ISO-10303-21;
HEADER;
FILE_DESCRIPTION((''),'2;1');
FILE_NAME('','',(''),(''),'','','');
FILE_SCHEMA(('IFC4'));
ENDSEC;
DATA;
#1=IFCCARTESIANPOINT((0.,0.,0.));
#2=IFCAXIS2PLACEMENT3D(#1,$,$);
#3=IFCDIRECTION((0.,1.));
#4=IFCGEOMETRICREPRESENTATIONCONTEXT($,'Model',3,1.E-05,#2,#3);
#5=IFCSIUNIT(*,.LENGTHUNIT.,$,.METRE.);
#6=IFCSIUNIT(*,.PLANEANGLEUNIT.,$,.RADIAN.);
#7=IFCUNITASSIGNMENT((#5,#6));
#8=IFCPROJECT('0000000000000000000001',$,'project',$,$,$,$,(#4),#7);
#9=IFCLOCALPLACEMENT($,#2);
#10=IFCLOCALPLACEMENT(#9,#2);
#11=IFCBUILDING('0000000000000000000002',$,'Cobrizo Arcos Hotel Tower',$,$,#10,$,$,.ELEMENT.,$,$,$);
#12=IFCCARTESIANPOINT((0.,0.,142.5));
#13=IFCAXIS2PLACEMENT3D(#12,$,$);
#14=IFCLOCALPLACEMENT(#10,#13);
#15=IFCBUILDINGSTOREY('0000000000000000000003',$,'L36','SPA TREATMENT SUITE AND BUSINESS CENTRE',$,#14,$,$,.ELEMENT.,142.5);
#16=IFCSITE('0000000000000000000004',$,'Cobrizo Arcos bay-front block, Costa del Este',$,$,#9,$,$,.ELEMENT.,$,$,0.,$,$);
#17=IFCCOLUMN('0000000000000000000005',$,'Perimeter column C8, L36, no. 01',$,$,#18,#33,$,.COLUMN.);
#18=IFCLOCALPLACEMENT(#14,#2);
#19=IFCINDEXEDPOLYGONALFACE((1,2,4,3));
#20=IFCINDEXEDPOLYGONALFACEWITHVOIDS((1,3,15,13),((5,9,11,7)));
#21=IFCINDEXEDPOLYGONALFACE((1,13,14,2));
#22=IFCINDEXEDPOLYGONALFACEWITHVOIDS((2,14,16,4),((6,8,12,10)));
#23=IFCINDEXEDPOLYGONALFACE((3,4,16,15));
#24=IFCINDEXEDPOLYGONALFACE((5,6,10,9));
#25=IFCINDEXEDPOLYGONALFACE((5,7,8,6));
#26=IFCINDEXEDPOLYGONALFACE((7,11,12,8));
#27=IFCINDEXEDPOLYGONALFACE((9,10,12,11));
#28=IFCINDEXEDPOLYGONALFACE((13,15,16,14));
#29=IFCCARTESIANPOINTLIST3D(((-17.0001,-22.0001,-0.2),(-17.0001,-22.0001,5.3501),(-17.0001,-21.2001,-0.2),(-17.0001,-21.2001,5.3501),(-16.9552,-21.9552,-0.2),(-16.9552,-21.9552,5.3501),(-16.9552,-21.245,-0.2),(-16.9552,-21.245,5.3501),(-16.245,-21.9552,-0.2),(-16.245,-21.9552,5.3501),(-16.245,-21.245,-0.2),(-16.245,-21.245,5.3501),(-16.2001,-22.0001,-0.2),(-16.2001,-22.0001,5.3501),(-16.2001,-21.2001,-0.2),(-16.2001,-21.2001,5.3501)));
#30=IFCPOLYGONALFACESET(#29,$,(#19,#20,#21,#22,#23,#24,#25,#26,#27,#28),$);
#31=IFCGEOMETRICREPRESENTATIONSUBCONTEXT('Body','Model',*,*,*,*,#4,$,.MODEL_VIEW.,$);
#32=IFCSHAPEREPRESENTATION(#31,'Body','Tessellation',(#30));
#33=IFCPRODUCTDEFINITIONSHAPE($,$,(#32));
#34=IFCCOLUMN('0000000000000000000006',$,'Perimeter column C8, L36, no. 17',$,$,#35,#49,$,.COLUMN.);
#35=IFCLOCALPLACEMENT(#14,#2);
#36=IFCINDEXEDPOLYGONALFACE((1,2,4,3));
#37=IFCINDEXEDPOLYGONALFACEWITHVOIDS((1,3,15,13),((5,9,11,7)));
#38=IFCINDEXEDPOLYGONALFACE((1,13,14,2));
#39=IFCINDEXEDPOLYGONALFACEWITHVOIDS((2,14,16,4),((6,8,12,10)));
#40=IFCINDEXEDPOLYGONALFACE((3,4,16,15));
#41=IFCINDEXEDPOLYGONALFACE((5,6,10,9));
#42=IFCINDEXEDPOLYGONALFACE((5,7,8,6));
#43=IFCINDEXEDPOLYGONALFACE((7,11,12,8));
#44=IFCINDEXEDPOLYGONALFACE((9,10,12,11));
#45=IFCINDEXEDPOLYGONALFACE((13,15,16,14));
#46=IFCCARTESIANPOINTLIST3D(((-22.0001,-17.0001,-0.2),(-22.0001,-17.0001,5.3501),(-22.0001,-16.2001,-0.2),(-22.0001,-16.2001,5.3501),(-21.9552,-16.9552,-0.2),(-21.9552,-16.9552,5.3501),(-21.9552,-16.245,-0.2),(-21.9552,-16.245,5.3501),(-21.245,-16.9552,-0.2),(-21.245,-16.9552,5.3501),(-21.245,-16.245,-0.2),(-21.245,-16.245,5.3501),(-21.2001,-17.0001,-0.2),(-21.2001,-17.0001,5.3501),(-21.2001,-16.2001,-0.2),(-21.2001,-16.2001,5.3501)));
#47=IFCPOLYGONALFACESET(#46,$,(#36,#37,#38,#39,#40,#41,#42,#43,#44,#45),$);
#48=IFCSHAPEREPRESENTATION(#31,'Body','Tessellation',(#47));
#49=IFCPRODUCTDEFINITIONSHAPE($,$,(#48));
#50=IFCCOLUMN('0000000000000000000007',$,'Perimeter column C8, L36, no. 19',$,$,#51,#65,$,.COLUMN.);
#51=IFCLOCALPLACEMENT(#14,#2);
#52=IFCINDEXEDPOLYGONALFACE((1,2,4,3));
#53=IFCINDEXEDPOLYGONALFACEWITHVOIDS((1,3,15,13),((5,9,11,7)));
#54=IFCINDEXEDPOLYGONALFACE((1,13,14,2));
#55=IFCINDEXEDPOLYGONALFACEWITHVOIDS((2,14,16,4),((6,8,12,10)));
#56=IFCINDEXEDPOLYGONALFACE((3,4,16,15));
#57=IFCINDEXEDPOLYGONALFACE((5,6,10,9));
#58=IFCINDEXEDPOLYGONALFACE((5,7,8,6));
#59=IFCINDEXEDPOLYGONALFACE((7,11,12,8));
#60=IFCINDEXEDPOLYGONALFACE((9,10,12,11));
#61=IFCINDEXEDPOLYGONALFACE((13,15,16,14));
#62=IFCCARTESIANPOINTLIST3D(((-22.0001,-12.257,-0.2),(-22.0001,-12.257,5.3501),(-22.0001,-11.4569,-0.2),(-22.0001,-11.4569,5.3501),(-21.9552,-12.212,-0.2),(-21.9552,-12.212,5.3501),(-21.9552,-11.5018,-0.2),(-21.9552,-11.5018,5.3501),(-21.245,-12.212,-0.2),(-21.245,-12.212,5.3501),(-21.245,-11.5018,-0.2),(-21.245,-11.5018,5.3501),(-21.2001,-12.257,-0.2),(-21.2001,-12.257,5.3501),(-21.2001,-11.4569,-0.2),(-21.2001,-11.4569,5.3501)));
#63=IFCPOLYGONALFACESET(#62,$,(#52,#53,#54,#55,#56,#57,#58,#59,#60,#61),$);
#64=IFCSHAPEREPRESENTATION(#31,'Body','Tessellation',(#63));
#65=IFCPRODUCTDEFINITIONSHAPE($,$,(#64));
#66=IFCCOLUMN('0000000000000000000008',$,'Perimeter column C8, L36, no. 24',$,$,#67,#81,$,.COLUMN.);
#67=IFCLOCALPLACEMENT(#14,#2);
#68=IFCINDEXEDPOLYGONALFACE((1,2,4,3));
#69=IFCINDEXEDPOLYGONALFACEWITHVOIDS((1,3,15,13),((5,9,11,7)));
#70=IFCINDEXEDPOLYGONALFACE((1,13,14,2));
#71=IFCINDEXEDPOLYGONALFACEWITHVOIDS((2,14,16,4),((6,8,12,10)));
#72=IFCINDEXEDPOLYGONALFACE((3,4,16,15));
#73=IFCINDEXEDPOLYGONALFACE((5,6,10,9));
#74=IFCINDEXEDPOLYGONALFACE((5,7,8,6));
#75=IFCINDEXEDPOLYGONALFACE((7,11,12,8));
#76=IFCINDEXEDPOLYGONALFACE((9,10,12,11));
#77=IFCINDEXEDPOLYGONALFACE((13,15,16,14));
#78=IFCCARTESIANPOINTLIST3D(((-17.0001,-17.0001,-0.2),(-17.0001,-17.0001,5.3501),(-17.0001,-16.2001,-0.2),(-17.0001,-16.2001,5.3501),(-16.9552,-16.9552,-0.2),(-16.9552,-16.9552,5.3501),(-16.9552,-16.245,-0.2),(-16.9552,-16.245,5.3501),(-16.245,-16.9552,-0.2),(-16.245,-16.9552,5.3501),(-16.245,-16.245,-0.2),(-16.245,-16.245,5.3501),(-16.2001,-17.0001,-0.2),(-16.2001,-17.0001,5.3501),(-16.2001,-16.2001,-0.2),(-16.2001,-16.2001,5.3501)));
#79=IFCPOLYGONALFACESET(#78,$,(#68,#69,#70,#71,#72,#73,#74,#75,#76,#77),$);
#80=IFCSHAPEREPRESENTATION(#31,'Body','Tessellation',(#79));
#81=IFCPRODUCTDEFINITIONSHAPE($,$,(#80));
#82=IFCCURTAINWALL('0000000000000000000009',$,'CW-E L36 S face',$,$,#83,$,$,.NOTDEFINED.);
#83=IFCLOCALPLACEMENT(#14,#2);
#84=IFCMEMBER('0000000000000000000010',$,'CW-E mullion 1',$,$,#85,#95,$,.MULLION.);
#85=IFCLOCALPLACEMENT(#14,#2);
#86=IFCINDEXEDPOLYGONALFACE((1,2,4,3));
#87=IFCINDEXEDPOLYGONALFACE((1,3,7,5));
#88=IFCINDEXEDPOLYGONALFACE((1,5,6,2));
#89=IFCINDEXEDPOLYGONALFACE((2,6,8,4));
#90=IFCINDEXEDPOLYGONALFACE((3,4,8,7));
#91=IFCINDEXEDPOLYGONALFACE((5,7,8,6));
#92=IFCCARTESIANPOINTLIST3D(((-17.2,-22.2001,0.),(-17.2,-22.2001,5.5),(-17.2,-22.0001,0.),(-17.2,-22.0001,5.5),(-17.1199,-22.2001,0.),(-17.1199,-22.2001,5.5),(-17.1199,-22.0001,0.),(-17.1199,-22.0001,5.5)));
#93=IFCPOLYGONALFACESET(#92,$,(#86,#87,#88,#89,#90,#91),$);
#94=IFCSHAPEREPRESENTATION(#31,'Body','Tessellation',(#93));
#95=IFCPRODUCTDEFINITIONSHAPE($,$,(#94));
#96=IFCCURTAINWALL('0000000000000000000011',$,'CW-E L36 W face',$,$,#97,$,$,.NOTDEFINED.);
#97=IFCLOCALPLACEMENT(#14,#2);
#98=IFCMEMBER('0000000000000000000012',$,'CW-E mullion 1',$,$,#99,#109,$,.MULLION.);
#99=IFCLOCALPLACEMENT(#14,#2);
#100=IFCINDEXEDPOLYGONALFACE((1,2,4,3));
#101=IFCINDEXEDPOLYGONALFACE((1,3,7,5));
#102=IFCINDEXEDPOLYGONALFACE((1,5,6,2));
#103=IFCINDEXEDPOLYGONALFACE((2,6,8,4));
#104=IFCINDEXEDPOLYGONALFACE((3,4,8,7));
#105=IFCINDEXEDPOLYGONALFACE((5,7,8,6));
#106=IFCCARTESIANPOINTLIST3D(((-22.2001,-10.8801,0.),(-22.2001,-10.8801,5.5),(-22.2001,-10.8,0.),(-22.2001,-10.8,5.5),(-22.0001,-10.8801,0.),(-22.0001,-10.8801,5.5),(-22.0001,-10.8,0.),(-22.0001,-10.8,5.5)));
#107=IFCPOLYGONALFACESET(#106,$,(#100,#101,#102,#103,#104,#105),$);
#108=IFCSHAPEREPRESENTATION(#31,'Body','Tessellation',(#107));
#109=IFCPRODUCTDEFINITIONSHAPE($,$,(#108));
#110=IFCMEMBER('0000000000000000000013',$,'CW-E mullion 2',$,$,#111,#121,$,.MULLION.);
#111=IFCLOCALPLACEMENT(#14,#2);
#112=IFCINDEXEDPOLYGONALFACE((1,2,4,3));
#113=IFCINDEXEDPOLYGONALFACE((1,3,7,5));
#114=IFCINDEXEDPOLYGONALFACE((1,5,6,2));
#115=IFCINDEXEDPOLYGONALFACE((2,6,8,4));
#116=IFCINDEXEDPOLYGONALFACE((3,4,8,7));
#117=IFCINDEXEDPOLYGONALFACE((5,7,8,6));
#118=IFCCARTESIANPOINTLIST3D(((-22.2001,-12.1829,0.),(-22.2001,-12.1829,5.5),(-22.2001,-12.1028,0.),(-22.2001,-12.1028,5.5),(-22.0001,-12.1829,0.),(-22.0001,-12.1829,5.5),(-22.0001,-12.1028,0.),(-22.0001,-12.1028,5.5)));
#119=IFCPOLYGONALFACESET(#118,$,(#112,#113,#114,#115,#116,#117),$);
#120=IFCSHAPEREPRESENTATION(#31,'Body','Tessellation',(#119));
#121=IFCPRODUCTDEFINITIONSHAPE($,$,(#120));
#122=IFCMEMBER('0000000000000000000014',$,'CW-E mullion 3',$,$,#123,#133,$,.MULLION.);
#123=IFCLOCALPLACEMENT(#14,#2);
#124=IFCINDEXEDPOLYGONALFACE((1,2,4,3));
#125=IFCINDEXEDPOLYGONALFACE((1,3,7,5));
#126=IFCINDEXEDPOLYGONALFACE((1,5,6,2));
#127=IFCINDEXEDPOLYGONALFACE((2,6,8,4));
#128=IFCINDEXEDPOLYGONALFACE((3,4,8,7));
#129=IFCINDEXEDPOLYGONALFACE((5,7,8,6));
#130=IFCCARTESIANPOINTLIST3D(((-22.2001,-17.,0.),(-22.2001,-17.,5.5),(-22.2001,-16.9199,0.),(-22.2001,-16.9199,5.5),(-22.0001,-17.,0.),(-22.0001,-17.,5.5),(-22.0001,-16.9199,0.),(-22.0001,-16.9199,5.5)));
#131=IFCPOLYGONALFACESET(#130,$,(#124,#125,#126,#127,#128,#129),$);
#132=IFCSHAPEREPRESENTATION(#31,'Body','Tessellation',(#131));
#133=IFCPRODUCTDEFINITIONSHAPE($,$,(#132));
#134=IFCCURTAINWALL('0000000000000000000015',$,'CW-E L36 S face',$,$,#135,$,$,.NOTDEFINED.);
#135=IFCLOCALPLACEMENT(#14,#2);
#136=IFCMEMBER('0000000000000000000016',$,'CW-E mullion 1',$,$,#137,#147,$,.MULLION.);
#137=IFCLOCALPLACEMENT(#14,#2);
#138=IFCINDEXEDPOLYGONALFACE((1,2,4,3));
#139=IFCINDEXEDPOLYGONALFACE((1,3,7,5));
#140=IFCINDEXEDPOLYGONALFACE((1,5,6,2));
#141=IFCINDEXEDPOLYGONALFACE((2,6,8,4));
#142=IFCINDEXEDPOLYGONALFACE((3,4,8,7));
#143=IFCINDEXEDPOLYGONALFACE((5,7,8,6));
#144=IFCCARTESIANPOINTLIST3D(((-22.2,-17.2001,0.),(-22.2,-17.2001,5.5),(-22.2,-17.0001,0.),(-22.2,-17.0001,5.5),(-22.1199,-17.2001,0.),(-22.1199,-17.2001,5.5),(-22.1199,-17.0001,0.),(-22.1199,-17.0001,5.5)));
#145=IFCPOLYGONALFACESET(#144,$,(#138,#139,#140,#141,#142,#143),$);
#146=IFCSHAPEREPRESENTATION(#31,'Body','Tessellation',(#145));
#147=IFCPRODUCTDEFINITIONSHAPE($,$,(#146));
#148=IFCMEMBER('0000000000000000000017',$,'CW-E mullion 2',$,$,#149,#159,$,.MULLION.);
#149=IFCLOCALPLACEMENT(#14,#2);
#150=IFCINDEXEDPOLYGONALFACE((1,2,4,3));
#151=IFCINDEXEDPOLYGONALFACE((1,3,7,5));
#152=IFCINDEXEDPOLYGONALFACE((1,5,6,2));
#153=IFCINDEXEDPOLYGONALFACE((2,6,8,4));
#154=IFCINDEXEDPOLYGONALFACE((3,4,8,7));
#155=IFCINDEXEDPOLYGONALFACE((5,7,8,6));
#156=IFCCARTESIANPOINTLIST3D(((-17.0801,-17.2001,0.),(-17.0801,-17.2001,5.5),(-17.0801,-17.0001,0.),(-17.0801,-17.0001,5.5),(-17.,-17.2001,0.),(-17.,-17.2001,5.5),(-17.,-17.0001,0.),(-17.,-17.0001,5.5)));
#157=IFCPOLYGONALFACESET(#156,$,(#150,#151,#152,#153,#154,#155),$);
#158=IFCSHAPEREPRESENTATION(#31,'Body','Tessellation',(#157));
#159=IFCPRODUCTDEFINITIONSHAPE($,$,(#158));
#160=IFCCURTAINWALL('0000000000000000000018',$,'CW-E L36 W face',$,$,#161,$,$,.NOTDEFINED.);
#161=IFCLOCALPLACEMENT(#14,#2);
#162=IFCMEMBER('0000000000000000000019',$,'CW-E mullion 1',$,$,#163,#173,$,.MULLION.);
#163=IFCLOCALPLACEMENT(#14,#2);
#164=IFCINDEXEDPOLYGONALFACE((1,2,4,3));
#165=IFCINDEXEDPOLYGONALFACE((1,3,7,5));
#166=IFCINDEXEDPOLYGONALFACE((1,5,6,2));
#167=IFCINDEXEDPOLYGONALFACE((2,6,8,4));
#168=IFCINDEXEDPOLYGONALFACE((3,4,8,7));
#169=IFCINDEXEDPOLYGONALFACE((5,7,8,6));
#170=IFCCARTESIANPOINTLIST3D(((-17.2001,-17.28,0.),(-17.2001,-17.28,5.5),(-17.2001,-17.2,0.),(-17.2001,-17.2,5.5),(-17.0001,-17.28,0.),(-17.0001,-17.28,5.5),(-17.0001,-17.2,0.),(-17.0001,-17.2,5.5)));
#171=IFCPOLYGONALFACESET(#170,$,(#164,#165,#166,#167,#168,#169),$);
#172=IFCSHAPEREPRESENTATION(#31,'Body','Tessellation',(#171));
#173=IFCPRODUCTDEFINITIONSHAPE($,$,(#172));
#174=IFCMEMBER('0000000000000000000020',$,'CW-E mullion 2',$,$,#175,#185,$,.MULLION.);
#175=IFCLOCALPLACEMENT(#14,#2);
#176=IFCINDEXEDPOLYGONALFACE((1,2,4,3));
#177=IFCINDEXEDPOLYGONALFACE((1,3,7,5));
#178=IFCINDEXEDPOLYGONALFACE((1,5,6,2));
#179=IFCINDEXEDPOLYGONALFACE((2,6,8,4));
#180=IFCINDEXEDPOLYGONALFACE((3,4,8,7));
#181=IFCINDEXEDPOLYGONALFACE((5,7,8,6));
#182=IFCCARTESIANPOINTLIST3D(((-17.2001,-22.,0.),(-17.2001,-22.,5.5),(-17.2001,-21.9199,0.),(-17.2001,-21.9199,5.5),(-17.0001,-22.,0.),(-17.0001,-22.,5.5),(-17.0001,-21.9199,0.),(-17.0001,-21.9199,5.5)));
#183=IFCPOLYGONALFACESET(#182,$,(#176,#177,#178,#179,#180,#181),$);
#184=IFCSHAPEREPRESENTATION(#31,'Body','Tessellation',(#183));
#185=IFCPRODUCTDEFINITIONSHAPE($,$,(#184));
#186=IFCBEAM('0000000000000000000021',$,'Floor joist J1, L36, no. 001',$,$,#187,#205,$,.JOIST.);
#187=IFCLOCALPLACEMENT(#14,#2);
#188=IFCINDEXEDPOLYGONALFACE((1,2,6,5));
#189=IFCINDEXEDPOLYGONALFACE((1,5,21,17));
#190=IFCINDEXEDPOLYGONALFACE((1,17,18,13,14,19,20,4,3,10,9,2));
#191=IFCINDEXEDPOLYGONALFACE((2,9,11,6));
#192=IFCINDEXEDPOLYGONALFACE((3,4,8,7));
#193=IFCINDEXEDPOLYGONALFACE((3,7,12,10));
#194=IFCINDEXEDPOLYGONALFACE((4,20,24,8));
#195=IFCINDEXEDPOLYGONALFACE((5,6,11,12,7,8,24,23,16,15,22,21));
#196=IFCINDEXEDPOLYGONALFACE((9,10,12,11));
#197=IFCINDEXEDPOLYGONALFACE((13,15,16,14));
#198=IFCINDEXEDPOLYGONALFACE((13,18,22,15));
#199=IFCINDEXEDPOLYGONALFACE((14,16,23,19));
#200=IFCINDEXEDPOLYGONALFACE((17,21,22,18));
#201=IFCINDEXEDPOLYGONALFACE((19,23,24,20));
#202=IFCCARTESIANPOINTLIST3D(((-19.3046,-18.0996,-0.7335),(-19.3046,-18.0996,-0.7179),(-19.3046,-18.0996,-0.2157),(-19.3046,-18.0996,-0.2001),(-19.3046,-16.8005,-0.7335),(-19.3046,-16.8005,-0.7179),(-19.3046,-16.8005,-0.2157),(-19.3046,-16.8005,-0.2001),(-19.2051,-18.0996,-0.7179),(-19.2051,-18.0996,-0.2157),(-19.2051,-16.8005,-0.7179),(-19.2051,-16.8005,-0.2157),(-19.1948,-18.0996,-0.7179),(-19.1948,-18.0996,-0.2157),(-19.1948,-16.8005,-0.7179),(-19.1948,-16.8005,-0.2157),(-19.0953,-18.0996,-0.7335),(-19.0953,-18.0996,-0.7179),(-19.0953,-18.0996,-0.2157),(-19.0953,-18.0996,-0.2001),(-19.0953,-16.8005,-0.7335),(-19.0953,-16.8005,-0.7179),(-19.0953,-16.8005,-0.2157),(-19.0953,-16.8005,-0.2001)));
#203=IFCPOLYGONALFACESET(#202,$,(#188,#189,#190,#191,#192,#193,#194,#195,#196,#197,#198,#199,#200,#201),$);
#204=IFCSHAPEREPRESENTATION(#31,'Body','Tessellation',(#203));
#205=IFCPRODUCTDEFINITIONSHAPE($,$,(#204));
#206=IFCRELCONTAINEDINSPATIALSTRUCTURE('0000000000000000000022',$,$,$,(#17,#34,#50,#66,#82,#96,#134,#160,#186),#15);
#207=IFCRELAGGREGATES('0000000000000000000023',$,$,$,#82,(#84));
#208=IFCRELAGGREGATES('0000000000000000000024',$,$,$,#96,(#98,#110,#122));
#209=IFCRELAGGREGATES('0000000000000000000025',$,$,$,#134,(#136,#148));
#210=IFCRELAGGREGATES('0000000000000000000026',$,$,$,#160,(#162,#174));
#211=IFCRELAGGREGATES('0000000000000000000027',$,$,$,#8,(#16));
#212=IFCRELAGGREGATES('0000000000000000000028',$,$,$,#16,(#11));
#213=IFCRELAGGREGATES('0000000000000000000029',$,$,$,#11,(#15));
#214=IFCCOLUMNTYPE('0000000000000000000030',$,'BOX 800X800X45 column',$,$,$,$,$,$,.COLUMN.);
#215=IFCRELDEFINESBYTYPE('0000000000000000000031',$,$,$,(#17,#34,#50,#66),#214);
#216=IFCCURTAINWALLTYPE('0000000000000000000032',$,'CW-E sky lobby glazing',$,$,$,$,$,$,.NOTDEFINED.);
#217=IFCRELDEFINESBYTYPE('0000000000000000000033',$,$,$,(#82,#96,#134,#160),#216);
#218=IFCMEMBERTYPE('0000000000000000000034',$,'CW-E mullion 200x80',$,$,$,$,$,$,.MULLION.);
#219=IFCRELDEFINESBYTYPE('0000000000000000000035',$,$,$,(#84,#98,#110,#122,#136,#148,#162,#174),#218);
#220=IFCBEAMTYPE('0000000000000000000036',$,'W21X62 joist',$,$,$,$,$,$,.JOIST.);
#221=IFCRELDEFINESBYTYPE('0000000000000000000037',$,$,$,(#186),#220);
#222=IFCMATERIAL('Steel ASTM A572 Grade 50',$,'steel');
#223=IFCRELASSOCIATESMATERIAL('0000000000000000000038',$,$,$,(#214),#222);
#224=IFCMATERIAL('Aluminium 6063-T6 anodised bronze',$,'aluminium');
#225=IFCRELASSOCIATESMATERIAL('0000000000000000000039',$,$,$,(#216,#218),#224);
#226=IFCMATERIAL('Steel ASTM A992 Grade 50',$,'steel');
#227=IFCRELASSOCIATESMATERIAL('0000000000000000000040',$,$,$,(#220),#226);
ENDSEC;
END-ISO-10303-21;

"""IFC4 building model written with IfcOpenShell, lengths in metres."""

from ifc_helpers import new_model, si_unit, direction, frame, origin, origin_2d, place, context, subcontext, project, spatial, rectangle, hollow_rectangle, i_section, extrude, material, material_profile, profile_set, type_object, element, aggregate, save


model = new_model("IFC4")

# Units and contexts
model_context = context("Model", 3, precision=1e-05, world=origin(), true_north=direction((0.0, 1.0)))
body_context = subcontext(model_context, "Body", "Model", "MODEL_VIEW")
ifc_project = project(units=[si_unit("LENGTHUNIT", "METRE"), si_unit("PLANEANGLEUNIT", "RADIAN")], contexts=[model_context])

# Site, building, storey
site_placement = place(None, origin())
site = spatial("IfcSite", under=ifc_project, at=site_placement, Name="Cobrizo Arcos bay-front block, Costa del Este", CompositionType="ELEMENT", RefElevation=0.0)
building_placement = place(site_placement, origin())
building = spatial("IfcBuilding", under=site, at=building_placement, Name="Cobrizo Arcos Hotel Tower", CompositionType="ELEMENT")
storey_placement = place(building_placement, frame((0.0, 0.0, 142.5)))
storey = spatial("IfcBuildingStorey", under=building, at=storey_placement, Name="L36", Description="SPA TREATMENT SUITE AND BUSINESS CENTRE", CompositionType="ELEMENT", Elevation=142.5)

# Columns
ifc_material_1 = material(Name="Steel ASTM A572 Grade 50", Category="steel")
ifc_material_profile_1 = material_profile(ifc_material_1, hollow_rectangle(XDim=0.8, YDim=0.8, WallThickness=0.0449, at=origin_2d()), Name="BOX 800X800X45")
ifc_profile_set_1 = profile_set([ifc_material_profile_1], Name="Steel ASTM A572 Grade 50")
column_type = type_object("IfcColumnType", Name="BOX 800X800X45 column", PredefinedType="COLUMN", material=ifc_profile_set_1)
for number, where, z_axis, x_axis, name in (
    (1, (-16.6001, -21.6001, -0.2), (0.0, 0.0, 1.0), (1.0, 0.0, 0.0), "Perimeter column C8, L36, no. 01"),
    (2, (-21.6001, -16.6001, -0.2), (0.0, 0.0, 1.0), (1.0, 0.0, 0.0), "Perimeter column C8, L36, no. 17"),
    (3, (-21.6001, -11.8569, -0.2), (0.0, 0.0, 1.0), (1.0, 0.0, 0.0), "Perimeter column C8, L36, no. 19"),
    (4, (-16.6001, -16.6001, -0.2), (0.0, 0.0, 1.0), (1.0, 0.0, 0.0), "Perimeter column C8, L36, no. 24"),
):
    element("IfcColumn", number, at=place(storey_placement, frame(where, z_axis=z_axis, x_axis=x_axis)), inside=storey, type_object=column_type, Name=name, PredefinedType="COLUMN", context=body_context, shape_type="SweptSolid", body=[
        extrude(hollow_rectangle(XDim=0.8, YDim=0.8, WallThickness=0.0449, at=origin_2d()), origin(), (0.0, 0.0, 1.0), 5.55),
    ])

# Curtain wall, member
ifc_material_2 = material(Name="Aluminium 6063-T6 anodised bronze", Category="aluminium")
curtain_wall_type = type_object("IfcCurtainWallType", Name="CW-E sky lobby glazing", PredefinedType="NOTDEFINED", material=ifc_material_2)
curtain_wall_1_placement = place(storey_placement, origin())
curtain_wall_1 = element("IfcCurtainWall", 5, at=curtain_wall_1_placement, inside=storey, type_object=curtain_wall_type, Name="CW-E L36 S face", PredefinedType="NOTDEFINED")
ifc_material_profile_2 = material_profile(ifc_material_2, rectangle(XDim=0.2, YDim=0.0801, at=origin_2d()), Name="CW-E mullion 200x80")
ifc_profile_set_2 = profile_set([ifc_material_profile_2], Name="Aluminium 6063-T6 anodised bronze")
member_type = type_object("IfcMemberType", Name="CW-E mullion 200x80", PredefinedType="MULLION", material=ifc_profile_set_2)
member_1_placement = place(storey_placement, frame((-17.1599, -22.1001, 0.0), z_axis=(0.0, 0.0, 1.0), x_axis=(0.0, -1.0, 0.0)))
member_1 = element("IfcMember", 6, at=member_1_placement, type_object=member_type, Name="CW-E mullion 1", PredefinedType="MULLION", context=body_context, shape_type="SweptSolid", body=[
    extrude(rectangle(XDim=0.2, YDim=0.0801, at=origin_2d()), origin(), (0.0, 0.0, 1.0), 5.5),
])
aggregate(curtain_wall_1, [member_1])

# Curtain walls, members
curtain_wall_2_placement = place(storey_placement, origin())
curtain_wall_2 = element("IfcCurtainWall", 7, at=curtain_wall_2_placement, inside=storey, type_object=curtain_wall_type, Name="CW-E L36 W face", PredefinedType="NOTDEFINED")
member_2_placement = place(storey_placement, frame((-22.1001, -10.8401, 0.0), z_axis=(0.0, 0.0, 1.0), x_axis=(-1.0, 0.0, 0.0)))
member_2 = element("IfcMember", 8, at=member_2_placement, type_object=member_type, Name="CW-E mullion 1", PredefinedType="MULLION", context=body_context, shape_type="SweptSolid", body=[
    extrude(rectangle(XDim=0.2, YDim=0.0801, at=origin_2d()), origin(), (0.0, 0.0, 1.0), 5.5),
])
member_3_placement = place(storey_placement, frame((-22.1001, -12.1428, 0.0), z_axis=(0.0, 0.0, 1.0), x_axis=(-1.0, 0.0, 0.0)))
member_3 = element("IfcMember", 9, at=member_3_placement, type_object=member_type, Name="CW-E mullion 2", PredefinedType="MULLION", context=body_context, shape_type="SweptSolid", body=[
    extrude(rectangle(XDim=0.2, YDim=0.0801, at=origin_2d()), origin(), (0.0, 0.0, 1.0), 5.5),
])
member_4_placement = place(storey_placement, frame((-22.1001, -16.96, 0.0), z_axis=(0.0, 0.0, 1.0), x_axis=(-1.0, 0.0, 0.0)))
member_4 = element("IfcMember", 10, at=member_4_placement, type_object=member_type, Name="CW-E mullion 3", PredefinedType="MULLION", context=body_context, shape_type="SweptSolid", body=[
    extrude(rectangle(XDim=0.2, YDim=0.0801, at=origin_2d()), origin(), (0.0, 0.0, 1.0), 5.5),
])
curtain_wall_3_placement = place(storey_placement, origin())
curtain_wall_3 = element("IfcCurtainWall", 11, at=curtain_wall_3_placement, inside=storey, type_object=curtain_wall_type, Name="CW-E L36 S face", PredefinedType="NOTDEFINED")
member_5_placement = place(storey_placement, frame((-22.1599, -17.1001, 0.0), z_axis=(0.0, 0.0, 1.0), x_axis=(0.0, -1.0, 0.0)))
member_5 = element("IfcMember", 12, at=member_5_placement, type_object=member_type, Name="CW-E mullion 1", PredefinedType="MULLION", context=body_context, shape_type="SweptSolid", body=[
    extrude(rectangle(XDim=0.2, YDim=0.0801, at=origin_2d()), origin(), (0.0, 0.0, 1.0), 5.5),
])
member_6_placement = place(storey_placement, frame((-17.04, -17.1001, 0.0), z_axis=(0.0, 0.0, 1.0), x_axis=(0.0, -1.0, 0.0)))
member_6 = element("IfcMember", 13, at=member_6_placement, type_object=member_type, Name="CW-E mullion 2", PredefinedType="MULLION", context=body_context, shape_type="SweptSolid", body=[
    extrude(rectangle(XDim=0.2, YDim=0.0801, at=origin_2d()), origin(), (0.0, 0.0, 1.0), 5.5),
])
curtain_wall_4_placement = place(storey_placement, origin())
curtain_wall_4 = element("IfcCurtainWall", 14, at=curtain_wall_4_placement, inside=storey, type_object=curtain_wall_type, Name="CW-E L36 W face", PredefinedType="NOTDEFINED")
member_7_placement = place(storey_placement, frame((-17.1001, -17.24, 0.0), z_axis=(0.0, 0.0, 1.0), x_axis=(-1.0, 0.0, 0.0)))
member_7 = element("IfcMember", 15, at=member_7_placement, type_object=member_type, Name="CW-E mullion 1", PredefinedType="MULLION", context=body_context, shape_type="SweptSolid", body=[
    extrude(rectangle(XDim=0.2, YDim=0.0801, at=origin_2d()), origin(), (0.0, 0.0, 1.0), 5.5),
])
member_8_placement = place(storey_placement, frame((-17.1001, -21.96, 0.0), z_axis=(0.0, 0.0, 1.0), x_axis=(-1.0, 0.0, 0.0)))
member_8 = element("IfcMember", 16, at=member_8_placement, type_object=member_type, Name="CW-E mullion 2", PredefinedType="MULLION", context=body_context, shape_type="SweptSolid", body=[
    extrude(rectangle(XDim=0.2, YDim=0.0801, at=origin_2d()), origin(), (0.0, 0.0, 1.0), 5.5),
])

# Beam
ifc_material_3 = material(Name="Steel ASTM A992 Grade 50", Category="steel")
ifc_material_profile_3 = material_profile(ifc_material_3, i_section(OverallWidth=0.2092, OverallDepth=0.5334, WebThickness=0.0103, FlangeThickness=0.0156, at=origin_2d()), Name="W21X62")
ifc_profile_set_3 = profile_set([ifc_material_profile_3], Name="Steel ASTM A992 Grade 50")
beam_type_1 = type_object("IfcBeamType", Name="W21X62 joist", PredefinedType="JOIST", material=ifc_profile_set_3)
beam_1_placement = place(storey_placement, frame((-19.2, -18.0996, -0.4668), z_axis=(0.0, 1.0, 0.0), x_axis=(-1.0, 0.0, 0.0)))
element("IfcBeam", 17, at=beam_1_placement, inside=storey, type_object=beam_type_1, Name="Floor joist J1, L36, no. 001", PredefinedType="JOIST", context=body_context, shape_type="SweptSolid", body=[
    extrude(i_section(OverallWidth=0.2092, OverallDepth=0.5334, WebThickness=0.0103, FlangeThickness=0.0156, at=origin_2d()), origin(), (0.0, 0.0, 1.0), 1.2991),
])

aggregate(curtain_wall_2, [member_2, member_3, member_4])
aggregate(curtain_wall_3, [member_5, member_6])
aggregate(curtain_wall_4, [member_7, member_8])

save(model, "model.ifc")
